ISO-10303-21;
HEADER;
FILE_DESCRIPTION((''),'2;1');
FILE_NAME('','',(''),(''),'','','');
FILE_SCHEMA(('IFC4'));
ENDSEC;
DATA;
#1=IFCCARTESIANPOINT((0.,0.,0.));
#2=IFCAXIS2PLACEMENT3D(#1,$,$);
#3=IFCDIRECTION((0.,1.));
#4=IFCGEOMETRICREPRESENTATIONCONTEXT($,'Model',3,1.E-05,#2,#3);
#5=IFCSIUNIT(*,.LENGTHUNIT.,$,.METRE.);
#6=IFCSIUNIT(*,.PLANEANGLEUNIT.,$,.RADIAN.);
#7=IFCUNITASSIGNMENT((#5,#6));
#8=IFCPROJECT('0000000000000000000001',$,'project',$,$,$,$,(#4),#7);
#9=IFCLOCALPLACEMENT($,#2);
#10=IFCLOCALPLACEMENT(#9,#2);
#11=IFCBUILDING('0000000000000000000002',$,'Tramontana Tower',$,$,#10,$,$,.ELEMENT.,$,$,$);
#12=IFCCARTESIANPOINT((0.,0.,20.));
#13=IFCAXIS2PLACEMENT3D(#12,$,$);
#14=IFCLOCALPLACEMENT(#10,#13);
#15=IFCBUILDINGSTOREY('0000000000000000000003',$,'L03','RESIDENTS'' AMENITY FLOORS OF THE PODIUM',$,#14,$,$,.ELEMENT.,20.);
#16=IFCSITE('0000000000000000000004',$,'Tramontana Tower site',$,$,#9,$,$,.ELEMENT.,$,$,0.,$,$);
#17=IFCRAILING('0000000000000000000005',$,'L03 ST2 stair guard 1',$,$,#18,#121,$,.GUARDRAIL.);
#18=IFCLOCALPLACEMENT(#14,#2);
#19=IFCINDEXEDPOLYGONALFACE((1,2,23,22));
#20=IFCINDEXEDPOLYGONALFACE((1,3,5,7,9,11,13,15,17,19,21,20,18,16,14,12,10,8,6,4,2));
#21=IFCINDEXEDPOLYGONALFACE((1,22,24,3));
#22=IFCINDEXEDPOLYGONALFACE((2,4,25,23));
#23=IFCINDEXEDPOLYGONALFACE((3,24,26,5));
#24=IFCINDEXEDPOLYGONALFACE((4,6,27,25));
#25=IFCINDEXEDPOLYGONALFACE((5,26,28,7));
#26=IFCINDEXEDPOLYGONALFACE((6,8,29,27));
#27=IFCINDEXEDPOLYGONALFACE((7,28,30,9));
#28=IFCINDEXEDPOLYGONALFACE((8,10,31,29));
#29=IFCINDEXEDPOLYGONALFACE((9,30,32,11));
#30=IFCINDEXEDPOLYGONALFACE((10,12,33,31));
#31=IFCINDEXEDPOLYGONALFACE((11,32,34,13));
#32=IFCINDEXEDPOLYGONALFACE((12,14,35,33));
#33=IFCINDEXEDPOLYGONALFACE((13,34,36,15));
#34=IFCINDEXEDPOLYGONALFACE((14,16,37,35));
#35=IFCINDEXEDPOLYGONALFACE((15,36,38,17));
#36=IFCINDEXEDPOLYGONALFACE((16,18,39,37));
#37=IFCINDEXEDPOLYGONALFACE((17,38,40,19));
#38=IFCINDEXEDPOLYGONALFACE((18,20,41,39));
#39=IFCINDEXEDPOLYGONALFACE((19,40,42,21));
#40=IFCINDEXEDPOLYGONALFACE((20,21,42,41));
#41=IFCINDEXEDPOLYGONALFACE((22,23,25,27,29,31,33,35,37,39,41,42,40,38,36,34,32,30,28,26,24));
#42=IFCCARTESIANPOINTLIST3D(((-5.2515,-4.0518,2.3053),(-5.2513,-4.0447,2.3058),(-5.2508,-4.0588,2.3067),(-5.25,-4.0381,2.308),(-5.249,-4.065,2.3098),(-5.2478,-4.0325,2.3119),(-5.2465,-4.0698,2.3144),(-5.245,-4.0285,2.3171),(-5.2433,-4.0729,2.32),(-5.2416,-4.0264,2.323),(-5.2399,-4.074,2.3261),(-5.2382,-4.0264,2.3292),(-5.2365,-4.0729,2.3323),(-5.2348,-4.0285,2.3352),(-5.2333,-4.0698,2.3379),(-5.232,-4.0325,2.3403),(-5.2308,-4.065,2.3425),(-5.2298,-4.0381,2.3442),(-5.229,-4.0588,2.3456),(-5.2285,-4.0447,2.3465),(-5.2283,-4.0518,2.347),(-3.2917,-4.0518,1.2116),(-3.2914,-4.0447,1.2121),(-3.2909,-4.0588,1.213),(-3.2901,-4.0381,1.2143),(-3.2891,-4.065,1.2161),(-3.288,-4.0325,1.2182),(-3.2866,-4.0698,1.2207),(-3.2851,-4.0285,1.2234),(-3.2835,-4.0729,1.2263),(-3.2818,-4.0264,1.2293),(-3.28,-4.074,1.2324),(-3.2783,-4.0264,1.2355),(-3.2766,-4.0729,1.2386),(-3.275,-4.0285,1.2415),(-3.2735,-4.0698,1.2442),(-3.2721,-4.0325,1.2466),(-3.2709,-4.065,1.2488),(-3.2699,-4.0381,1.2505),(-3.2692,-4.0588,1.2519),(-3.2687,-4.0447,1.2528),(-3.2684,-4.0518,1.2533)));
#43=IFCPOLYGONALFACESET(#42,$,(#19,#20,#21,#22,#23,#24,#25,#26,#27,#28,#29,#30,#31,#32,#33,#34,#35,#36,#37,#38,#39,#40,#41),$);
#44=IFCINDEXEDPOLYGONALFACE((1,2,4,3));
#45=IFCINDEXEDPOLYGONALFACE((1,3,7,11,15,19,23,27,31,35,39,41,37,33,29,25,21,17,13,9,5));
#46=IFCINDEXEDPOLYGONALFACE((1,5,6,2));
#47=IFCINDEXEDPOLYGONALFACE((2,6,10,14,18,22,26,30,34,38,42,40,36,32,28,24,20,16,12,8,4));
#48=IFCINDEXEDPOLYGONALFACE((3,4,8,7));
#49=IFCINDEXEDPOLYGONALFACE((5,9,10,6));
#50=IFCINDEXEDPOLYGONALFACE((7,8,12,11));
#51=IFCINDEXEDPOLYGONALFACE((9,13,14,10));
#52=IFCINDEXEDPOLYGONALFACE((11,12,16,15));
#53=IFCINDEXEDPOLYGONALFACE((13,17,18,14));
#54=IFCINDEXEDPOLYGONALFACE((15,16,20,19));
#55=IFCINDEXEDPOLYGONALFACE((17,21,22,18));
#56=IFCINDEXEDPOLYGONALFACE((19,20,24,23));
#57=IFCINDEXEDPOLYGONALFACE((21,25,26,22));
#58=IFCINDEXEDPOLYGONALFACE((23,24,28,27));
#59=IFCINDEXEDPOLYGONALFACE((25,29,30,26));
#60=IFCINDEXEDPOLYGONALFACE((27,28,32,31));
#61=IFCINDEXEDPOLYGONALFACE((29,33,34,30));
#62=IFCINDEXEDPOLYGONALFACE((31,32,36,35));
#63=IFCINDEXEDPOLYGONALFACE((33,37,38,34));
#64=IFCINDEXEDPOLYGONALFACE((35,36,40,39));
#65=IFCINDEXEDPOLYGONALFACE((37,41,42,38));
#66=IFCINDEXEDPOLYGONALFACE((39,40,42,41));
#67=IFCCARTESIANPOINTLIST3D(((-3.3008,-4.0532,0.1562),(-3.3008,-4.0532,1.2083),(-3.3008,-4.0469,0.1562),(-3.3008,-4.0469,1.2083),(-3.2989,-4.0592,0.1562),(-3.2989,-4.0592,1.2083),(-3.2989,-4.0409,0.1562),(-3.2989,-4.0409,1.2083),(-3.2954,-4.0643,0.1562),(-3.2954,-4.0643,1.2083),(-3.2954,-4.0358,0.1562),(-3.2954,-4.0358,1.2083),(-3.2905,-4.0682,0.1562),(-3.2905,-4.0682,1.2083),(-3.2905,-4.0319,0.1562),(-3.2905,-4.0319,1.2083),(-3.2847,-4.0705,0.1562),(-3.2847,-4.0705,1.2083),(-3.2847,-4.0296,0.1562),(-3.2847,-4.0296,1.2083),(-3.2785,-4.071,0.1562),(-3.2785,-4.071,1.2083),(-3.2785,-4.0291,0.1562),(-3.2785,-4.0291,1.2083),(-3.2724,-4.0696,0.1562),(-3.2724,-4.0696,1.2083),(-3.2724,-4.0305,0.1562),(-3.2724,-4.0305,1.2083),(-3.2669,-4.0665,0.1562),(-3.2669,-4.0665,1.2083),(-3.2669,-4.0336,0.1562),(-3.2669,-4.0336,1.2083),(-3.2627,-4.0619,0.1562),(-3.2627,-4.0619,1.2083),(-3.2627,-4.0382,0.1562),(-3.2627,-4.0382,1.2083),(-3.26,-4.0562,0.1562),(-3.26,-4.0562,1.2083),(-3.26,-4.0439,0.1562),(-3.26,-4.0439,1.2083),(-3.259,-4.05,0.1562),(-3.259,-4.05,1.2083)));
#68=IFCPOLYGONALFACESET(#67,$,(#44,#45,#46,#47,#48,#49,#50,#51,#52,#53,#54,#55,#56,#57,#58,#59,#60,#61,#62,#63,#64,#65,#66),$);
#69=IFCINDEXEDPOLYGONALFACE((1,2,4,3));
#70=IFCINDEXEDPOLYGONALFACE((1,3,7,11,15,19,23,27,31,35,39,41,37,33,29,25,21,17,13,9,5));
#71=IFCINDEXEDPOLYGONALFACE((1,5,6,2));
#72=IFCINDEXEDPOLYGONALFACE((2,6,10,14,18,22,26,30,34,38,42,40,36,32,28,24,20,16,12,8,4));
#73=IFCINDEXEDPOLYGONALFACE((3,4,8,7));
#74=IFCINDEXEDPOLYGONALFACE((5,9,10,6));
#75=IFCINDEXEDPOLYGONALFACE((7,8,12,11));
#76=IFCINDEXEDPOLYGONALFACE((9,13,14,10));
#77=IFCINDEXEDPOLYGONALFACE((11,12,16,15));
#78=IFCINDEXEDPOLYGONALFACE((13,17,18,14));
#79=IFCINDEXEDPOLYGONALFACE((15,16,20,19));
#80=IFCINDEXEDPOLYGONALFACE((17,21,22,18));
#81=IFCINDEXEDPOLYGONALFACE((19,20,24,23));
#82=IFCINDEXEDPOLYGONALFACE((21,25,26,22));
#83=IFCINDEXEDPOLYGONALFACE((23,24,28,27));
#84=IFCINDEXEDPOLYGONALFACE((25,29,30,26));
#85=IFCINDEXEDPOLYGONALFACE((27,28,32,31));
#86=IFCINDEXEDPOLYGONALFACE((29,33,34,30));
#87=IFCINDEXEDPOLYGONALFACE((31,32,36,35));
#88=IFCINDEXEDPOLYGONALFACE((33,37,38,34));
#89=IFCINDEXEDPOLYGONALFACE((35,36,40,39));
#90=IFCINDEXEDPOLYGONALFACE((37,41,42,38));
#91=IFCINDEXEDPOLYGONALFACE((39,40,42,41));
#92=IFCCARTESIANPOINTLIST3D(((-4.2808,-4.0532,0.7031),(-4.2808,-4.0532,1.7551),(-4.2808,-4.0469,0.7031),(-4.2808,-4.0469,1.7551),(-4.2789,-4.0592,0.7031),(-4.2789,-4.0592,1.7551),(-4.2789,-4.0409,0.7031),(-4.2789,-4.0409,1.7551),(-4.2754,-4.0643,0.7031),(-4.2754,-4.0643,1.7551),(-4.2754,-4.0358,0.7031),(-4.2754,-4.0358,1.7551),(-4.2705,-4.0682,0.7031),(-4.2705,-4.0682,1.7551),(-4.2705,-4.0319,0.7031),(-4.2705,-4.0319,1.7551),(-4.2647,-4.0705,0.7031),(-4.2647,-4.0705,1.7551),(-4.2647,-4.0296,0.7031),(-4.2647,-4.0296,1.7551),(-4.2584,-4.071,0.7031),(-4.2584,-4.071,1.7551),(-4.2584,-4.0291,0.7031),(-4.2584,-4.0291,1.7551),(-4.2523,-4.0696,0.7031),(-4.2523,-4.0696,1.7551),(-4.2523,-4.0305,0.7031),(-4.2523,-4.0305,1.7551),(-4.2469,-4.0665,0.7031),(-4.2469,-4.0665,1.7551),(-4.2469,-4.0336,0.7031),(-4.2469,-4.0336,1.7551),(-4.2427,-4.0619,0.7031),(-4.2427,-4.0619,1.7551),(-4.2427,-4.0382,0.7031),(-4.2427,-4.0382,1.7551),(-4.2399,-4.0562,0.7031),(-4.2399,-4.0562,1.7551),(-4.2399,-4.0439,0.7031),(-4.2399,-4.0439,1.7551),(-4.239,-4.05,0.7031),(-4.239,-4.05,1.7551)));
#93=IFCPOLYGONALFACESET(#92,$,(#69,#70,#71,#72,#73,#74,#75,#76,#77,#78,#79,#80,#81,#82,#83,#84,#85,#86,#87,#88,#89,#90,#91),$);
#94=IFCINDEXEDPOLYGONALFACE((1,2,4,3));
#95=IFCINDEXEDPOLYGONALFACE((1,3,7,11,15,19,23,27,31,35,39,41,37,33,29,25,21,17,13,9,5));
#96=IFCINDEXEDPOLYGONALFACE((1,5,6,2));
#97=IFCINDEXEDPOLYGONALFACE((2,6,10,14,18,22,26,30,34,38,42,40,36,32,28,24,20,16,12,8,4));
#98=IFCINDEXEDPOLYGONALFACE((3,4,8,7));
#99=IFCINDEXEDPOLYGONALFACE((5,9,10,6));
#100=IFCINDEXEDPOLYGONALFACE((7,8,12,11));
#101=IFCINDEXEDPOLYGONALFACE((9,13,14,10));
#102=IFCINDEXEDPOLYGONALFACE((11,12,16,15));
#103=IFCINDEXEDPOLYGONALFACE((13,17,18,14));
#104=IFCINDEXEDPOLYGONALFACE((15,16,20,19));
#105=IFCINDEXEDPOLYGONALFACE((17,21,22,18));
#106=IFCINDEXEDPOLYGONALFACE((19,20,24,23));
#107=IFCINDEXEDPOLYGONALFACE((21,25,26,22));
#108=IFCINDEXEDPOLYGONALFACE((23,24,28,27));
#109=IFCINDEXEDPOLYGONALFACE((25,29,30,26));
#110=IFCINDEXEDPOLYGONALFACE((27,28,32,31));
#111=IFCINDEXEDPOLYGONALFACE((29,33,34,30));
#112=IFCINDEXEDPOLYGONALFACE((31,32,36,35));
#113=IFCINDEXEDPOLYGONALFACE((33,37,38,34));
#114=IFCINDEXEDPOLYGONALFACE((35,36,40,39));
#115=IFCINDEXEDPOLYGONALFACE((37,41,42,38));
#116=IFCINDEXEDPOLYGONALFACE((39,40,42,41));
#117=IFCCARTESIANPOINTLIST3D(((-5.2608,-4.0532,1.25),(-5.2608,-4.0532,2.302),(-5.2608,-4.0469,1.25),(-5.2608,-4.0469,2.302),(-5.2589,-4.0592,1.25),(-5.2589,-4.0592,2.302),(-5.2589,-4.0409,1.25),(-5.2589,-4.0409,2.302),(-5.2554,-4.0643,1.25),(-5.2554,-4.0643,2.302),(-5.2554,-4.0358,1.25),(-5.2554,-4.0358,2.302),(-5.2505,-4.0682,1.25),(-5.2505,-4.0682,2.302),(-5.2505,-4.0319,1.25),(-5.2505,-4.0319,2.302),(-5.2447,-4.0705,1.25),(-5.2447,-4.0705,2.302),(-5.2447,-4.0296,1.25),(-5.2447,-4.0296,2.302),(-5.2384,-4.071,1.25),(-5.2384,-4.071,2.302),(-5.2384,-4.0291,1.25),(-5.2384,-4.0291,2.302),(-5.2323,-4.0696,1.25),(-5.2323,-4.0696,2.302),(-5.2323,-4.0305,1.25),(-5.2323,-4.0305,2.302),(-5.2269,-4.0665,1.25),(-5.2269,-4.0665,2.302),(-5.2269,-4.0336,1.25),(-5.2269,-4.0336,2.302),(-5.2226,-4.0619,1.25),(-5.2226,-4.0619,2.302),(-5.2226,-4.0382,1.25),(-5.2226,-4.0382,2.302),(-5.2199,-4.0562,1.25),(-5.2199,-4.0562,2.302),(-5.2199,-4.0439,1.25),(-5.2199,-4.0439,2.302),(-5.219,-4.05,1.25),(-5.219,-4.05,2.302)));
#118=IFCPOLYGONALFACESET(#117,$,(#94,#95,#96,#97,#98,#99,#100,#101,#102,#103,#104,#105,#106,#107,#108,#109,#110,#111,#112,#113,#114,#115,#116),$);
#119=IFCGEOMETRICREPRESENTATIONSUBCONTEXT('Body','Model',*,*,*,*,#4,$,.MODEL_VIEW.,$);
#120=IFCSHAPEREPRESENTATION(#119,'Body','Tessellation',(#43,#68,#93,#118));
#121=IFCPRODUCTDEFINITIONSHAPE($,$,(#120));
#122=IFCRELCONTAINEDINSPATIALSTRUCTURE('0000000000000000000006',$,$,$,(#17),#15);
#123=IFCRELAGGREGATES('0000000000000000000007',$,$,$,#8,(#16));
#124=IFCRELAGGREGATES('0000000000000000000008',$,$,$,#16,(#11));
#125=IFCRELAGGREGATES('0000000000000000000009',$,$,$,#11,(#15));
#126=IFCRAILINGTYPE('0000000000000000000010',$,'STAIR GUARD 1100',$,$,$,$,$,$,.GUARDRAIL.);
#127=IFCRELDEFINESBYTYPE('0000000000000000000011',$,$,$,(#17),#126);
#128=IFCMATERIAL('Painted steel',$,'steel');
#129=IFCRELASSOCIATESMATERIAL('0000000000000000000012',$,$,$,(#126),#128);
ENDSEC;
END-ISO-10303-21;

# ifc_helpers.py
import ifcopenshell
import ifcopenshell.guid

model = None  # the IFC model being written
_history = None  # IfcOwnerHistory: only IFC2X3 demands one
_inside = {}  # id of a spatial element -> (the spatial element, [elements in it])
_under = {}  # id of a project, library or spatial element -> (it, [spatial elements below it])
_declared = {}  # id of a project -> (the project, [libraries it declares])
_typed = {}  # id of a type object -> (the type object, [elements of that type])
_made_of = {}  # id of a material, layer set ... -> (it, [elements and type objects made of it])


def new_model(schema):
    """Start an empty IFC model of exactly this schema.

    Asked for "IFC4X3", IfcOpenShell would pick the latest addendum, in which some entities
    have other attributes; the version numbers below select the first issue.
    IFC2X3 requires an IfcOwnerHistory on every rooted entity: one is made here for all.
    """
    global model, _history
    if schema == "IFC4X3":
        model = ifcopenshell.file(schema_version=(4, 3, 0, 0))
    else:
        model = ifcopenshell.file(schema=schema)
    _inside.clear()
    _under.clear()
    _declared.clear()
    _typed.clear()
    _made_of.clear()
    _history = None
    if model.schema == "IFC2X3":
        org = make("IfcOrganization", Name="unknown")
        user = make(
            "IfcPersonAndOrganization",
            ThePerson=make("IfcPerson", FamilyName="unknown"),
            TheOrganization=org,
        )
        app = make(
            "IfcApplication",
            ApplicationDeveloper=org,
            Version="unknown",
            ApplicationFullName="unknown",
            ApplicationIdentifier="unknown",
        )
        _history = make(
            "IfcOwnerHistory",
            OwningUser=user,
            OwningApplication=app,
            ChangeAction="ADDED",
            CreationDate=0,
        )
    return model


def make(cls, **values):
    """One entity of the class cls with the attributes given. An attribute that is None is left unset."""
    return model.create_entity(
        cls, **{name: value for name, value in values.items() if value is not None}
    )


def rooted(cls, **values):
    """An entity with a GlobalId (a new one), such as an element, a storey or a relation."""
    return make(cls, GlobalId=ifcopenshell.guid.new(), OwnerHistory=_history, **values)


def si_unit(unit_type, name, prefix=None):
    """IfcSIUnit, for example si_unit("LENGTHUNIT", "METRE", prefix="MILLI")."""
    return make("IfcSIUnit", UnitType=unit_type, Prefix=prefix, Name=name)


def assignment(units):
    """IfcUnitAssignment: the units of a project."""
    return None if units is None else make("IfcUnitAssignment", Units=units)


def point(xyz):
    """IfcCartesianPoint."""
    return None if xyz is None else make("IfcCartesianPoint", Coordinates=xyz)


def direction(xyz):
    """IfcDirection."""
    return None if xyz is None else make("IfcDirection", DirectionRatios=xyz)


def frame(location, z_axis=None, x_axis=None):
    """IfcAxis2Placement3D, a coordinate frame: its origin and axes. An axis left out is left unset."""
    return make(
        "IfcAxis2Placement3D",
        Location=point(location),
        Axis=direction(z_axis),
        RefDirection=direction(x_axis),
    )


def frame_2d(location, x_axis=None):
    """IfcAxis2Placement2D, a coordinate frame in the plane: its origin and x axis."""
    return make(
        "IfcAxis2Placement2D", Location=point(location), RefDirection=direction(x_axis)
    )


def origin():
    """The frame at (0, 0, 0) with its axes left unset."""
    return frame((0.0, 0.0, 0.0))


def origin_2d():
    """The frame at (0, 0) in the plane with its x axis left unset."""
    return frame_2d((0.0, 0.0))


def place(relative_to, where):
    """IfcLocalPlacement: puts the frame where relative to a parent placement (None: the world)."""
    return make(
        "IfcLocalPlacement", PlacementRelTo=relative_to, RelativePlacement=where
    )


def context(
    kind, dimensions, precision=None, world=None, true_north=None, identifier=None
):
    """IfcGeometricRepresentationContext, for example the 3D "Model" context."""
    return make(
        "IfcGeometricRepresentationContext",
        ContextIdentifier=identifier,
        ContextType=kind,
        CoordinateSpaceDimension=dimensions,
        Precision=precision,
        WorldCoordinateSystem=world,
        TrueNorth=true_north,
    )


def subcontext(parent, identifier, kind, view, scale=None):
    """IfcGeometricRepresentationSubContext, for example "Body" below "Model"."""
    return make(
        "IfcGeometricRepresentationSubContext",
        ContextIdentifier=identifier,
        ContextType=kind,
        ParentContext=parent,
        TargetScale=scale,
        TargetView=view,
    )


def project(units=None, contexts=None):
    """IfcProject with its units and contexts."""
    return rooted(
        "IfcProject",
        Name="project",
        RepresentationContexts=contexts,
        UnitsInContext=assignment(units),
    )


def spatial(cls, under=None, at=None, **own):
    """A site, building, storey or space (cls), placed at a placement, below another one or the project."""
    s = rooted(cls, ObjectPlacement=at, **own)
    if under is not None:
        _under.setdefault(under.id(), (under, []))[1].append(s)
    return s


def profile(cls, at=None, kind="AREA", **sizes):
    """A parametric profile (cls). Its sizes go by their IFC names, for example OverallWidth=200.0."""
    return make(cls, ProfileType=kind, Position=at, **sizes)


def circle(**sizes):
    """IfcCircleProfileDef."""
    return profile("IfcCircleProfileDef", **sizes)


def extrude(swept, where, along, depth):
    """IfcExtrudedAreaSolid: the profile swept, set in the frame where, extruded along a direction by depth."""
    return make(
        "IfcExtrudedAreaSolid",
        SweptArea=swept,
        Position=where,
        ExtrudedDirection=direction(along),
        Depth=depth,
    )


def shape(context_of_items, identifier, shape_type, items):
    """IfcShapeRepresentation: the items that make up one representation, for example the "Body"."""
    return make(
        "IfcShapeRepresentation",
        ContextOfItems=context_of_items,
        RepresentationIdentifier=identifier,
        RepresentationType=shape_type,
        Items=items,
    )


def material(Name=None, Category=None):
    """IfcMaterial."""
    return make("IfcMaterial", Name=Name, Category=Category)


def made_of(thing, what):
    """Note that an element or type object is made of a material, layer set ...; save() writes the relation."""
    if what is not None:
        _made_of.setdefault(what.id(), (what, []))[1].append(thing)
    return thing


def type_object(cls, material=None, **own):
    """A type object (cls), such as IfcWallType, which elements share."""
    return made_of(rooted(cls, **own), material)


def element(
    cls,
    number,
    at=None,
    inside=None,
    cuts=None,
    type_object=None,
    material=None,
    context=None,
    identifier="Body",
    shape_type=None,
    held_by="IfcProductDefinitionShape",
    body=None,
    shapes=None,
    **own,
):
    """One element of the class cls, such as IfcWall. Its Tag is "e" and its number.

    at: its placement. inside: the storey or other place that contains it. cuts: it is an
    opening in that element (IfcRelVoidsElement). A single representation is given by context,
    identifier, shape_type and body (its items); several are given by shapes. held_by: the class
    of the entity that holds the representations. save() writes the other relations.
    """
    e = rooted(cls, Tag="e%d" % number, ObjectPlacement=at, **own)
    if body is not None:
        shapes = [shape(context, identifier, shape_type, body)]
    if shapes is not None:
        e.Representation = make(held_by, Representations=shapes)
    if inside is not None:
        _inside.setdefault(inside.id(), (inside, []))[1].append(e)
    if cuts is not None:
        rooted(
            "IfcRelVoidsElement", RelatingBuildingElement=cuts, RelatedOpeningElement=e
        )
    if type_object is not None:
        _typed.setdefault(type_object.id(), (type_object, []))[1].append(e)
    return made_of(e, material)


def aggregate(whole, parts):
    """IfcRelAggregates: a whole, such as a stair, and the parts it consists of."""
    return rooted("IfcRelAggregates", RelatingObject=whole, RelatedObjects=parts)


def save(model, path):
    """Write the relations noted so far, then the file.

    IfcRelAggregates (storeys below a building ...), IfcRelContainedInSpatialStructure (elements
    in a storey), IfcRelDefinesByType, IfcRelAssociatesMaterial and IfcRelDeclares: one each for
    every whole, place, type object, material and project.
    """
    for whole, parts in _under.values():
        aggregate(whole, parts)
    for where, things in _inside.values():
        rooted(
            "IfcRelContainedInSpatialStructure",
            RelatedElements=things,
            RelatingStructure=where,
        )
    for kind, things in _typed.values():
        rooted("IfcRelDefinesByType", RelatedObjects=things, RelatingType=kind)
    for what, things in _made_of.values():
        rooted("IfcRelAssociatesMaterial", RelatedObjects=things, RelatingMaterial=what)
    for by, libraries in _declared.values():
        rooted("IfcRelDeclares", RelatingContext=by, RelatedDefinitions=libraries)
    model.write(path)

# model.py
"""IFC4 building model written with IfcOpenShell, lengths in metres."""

from ifc_helpers import new_model, si_unit, direction, frame, origin, origin_2d, place, context, subcontext, project, spatial, circle, extrude, material, type_object, element, save


model = new_model("IFC4")

# Units and contexts
model_context = context("Model", 3, precision=1e-05, world=origin(), true_north=direction((0.0, 1.0)))
body_context = subcontext(model_context, "Body", "Model", "MODEL_VIEW")
ifc_project = project(units=[si_unit("LENGTHUNIT", "METRE"), si_unit("PLANEANGLEUNIT", "RADIAN")], contexts=[model_context])

# Site, building, storey
site_placement = place(None, origin())
site = spatial("IfcSite", under=ifc_project, at=site_placement, Name="Tramontana Tower site", CompositionType="ELEMENT", RefElevation=0.0)
building_placement = place(site_placement, origin())
building = spatial("IfcBuilding", under=site, at=building_placement, Name="Tramontana Tower", CompositionType="ELEMENT")
storey_placement = place(building_placement, frame((0.0, 0.0, 20.0)))
storey = spatial("IfcBuildingStorey", under=building, at=storey_placement, Name="L03", Description="RESIDENTS' AMENITY FLOORS OF THE PODIUM", CompositionType="ELEMENT", Elevation=20.0)

# Railing
ifc_material_1 = material(Name="Painted steel", Category="steel")
railing_type_1 = type_object("IfcRailingType", Name="STAIR GUARD 1100", PredefinedType="GUARDRAIL", material=ifc_material_1)
railing_1_placement = place(storey_placement, frame((-3.28, -4.05, 0.1562)))
element("IfcRailing", 1, at=railing_1_placement, inside=storey, type_object=railing_type_1, Name="L03 ST2 stair guard 1", PredefinedType="GUARDRAIL", context=body_context, shape_type="SweptSolid", body=[
    extrude(circle(Radius=0.0239, at=origin_2d()), frame((0.0, 0.0, 1.0762), z_axis=(-0.873232, 0.0, 0.487304), x_axis=(0.0, -1.0, 0.0)), (0.0, 0.0, 1.0), 2.2444),
    extrude(circle(Radius=0.021, at=origin_2d()), origin(), (0.0, 0.0, 1.0), 1.052),
    extrude(circle(Radius=0.021, at=origin_2d()), frame((-0.98, 0.0, 0.5469)), (0.0, 0.0, 1.0), 1.052),
    extrude(circle(Radius=0.021, at=origin_2d()), frame((-1.96, 0.0, 1.0938)), (0.0, 0.0, 1.0), 1.052),
])

save(model, "model.ifc")
